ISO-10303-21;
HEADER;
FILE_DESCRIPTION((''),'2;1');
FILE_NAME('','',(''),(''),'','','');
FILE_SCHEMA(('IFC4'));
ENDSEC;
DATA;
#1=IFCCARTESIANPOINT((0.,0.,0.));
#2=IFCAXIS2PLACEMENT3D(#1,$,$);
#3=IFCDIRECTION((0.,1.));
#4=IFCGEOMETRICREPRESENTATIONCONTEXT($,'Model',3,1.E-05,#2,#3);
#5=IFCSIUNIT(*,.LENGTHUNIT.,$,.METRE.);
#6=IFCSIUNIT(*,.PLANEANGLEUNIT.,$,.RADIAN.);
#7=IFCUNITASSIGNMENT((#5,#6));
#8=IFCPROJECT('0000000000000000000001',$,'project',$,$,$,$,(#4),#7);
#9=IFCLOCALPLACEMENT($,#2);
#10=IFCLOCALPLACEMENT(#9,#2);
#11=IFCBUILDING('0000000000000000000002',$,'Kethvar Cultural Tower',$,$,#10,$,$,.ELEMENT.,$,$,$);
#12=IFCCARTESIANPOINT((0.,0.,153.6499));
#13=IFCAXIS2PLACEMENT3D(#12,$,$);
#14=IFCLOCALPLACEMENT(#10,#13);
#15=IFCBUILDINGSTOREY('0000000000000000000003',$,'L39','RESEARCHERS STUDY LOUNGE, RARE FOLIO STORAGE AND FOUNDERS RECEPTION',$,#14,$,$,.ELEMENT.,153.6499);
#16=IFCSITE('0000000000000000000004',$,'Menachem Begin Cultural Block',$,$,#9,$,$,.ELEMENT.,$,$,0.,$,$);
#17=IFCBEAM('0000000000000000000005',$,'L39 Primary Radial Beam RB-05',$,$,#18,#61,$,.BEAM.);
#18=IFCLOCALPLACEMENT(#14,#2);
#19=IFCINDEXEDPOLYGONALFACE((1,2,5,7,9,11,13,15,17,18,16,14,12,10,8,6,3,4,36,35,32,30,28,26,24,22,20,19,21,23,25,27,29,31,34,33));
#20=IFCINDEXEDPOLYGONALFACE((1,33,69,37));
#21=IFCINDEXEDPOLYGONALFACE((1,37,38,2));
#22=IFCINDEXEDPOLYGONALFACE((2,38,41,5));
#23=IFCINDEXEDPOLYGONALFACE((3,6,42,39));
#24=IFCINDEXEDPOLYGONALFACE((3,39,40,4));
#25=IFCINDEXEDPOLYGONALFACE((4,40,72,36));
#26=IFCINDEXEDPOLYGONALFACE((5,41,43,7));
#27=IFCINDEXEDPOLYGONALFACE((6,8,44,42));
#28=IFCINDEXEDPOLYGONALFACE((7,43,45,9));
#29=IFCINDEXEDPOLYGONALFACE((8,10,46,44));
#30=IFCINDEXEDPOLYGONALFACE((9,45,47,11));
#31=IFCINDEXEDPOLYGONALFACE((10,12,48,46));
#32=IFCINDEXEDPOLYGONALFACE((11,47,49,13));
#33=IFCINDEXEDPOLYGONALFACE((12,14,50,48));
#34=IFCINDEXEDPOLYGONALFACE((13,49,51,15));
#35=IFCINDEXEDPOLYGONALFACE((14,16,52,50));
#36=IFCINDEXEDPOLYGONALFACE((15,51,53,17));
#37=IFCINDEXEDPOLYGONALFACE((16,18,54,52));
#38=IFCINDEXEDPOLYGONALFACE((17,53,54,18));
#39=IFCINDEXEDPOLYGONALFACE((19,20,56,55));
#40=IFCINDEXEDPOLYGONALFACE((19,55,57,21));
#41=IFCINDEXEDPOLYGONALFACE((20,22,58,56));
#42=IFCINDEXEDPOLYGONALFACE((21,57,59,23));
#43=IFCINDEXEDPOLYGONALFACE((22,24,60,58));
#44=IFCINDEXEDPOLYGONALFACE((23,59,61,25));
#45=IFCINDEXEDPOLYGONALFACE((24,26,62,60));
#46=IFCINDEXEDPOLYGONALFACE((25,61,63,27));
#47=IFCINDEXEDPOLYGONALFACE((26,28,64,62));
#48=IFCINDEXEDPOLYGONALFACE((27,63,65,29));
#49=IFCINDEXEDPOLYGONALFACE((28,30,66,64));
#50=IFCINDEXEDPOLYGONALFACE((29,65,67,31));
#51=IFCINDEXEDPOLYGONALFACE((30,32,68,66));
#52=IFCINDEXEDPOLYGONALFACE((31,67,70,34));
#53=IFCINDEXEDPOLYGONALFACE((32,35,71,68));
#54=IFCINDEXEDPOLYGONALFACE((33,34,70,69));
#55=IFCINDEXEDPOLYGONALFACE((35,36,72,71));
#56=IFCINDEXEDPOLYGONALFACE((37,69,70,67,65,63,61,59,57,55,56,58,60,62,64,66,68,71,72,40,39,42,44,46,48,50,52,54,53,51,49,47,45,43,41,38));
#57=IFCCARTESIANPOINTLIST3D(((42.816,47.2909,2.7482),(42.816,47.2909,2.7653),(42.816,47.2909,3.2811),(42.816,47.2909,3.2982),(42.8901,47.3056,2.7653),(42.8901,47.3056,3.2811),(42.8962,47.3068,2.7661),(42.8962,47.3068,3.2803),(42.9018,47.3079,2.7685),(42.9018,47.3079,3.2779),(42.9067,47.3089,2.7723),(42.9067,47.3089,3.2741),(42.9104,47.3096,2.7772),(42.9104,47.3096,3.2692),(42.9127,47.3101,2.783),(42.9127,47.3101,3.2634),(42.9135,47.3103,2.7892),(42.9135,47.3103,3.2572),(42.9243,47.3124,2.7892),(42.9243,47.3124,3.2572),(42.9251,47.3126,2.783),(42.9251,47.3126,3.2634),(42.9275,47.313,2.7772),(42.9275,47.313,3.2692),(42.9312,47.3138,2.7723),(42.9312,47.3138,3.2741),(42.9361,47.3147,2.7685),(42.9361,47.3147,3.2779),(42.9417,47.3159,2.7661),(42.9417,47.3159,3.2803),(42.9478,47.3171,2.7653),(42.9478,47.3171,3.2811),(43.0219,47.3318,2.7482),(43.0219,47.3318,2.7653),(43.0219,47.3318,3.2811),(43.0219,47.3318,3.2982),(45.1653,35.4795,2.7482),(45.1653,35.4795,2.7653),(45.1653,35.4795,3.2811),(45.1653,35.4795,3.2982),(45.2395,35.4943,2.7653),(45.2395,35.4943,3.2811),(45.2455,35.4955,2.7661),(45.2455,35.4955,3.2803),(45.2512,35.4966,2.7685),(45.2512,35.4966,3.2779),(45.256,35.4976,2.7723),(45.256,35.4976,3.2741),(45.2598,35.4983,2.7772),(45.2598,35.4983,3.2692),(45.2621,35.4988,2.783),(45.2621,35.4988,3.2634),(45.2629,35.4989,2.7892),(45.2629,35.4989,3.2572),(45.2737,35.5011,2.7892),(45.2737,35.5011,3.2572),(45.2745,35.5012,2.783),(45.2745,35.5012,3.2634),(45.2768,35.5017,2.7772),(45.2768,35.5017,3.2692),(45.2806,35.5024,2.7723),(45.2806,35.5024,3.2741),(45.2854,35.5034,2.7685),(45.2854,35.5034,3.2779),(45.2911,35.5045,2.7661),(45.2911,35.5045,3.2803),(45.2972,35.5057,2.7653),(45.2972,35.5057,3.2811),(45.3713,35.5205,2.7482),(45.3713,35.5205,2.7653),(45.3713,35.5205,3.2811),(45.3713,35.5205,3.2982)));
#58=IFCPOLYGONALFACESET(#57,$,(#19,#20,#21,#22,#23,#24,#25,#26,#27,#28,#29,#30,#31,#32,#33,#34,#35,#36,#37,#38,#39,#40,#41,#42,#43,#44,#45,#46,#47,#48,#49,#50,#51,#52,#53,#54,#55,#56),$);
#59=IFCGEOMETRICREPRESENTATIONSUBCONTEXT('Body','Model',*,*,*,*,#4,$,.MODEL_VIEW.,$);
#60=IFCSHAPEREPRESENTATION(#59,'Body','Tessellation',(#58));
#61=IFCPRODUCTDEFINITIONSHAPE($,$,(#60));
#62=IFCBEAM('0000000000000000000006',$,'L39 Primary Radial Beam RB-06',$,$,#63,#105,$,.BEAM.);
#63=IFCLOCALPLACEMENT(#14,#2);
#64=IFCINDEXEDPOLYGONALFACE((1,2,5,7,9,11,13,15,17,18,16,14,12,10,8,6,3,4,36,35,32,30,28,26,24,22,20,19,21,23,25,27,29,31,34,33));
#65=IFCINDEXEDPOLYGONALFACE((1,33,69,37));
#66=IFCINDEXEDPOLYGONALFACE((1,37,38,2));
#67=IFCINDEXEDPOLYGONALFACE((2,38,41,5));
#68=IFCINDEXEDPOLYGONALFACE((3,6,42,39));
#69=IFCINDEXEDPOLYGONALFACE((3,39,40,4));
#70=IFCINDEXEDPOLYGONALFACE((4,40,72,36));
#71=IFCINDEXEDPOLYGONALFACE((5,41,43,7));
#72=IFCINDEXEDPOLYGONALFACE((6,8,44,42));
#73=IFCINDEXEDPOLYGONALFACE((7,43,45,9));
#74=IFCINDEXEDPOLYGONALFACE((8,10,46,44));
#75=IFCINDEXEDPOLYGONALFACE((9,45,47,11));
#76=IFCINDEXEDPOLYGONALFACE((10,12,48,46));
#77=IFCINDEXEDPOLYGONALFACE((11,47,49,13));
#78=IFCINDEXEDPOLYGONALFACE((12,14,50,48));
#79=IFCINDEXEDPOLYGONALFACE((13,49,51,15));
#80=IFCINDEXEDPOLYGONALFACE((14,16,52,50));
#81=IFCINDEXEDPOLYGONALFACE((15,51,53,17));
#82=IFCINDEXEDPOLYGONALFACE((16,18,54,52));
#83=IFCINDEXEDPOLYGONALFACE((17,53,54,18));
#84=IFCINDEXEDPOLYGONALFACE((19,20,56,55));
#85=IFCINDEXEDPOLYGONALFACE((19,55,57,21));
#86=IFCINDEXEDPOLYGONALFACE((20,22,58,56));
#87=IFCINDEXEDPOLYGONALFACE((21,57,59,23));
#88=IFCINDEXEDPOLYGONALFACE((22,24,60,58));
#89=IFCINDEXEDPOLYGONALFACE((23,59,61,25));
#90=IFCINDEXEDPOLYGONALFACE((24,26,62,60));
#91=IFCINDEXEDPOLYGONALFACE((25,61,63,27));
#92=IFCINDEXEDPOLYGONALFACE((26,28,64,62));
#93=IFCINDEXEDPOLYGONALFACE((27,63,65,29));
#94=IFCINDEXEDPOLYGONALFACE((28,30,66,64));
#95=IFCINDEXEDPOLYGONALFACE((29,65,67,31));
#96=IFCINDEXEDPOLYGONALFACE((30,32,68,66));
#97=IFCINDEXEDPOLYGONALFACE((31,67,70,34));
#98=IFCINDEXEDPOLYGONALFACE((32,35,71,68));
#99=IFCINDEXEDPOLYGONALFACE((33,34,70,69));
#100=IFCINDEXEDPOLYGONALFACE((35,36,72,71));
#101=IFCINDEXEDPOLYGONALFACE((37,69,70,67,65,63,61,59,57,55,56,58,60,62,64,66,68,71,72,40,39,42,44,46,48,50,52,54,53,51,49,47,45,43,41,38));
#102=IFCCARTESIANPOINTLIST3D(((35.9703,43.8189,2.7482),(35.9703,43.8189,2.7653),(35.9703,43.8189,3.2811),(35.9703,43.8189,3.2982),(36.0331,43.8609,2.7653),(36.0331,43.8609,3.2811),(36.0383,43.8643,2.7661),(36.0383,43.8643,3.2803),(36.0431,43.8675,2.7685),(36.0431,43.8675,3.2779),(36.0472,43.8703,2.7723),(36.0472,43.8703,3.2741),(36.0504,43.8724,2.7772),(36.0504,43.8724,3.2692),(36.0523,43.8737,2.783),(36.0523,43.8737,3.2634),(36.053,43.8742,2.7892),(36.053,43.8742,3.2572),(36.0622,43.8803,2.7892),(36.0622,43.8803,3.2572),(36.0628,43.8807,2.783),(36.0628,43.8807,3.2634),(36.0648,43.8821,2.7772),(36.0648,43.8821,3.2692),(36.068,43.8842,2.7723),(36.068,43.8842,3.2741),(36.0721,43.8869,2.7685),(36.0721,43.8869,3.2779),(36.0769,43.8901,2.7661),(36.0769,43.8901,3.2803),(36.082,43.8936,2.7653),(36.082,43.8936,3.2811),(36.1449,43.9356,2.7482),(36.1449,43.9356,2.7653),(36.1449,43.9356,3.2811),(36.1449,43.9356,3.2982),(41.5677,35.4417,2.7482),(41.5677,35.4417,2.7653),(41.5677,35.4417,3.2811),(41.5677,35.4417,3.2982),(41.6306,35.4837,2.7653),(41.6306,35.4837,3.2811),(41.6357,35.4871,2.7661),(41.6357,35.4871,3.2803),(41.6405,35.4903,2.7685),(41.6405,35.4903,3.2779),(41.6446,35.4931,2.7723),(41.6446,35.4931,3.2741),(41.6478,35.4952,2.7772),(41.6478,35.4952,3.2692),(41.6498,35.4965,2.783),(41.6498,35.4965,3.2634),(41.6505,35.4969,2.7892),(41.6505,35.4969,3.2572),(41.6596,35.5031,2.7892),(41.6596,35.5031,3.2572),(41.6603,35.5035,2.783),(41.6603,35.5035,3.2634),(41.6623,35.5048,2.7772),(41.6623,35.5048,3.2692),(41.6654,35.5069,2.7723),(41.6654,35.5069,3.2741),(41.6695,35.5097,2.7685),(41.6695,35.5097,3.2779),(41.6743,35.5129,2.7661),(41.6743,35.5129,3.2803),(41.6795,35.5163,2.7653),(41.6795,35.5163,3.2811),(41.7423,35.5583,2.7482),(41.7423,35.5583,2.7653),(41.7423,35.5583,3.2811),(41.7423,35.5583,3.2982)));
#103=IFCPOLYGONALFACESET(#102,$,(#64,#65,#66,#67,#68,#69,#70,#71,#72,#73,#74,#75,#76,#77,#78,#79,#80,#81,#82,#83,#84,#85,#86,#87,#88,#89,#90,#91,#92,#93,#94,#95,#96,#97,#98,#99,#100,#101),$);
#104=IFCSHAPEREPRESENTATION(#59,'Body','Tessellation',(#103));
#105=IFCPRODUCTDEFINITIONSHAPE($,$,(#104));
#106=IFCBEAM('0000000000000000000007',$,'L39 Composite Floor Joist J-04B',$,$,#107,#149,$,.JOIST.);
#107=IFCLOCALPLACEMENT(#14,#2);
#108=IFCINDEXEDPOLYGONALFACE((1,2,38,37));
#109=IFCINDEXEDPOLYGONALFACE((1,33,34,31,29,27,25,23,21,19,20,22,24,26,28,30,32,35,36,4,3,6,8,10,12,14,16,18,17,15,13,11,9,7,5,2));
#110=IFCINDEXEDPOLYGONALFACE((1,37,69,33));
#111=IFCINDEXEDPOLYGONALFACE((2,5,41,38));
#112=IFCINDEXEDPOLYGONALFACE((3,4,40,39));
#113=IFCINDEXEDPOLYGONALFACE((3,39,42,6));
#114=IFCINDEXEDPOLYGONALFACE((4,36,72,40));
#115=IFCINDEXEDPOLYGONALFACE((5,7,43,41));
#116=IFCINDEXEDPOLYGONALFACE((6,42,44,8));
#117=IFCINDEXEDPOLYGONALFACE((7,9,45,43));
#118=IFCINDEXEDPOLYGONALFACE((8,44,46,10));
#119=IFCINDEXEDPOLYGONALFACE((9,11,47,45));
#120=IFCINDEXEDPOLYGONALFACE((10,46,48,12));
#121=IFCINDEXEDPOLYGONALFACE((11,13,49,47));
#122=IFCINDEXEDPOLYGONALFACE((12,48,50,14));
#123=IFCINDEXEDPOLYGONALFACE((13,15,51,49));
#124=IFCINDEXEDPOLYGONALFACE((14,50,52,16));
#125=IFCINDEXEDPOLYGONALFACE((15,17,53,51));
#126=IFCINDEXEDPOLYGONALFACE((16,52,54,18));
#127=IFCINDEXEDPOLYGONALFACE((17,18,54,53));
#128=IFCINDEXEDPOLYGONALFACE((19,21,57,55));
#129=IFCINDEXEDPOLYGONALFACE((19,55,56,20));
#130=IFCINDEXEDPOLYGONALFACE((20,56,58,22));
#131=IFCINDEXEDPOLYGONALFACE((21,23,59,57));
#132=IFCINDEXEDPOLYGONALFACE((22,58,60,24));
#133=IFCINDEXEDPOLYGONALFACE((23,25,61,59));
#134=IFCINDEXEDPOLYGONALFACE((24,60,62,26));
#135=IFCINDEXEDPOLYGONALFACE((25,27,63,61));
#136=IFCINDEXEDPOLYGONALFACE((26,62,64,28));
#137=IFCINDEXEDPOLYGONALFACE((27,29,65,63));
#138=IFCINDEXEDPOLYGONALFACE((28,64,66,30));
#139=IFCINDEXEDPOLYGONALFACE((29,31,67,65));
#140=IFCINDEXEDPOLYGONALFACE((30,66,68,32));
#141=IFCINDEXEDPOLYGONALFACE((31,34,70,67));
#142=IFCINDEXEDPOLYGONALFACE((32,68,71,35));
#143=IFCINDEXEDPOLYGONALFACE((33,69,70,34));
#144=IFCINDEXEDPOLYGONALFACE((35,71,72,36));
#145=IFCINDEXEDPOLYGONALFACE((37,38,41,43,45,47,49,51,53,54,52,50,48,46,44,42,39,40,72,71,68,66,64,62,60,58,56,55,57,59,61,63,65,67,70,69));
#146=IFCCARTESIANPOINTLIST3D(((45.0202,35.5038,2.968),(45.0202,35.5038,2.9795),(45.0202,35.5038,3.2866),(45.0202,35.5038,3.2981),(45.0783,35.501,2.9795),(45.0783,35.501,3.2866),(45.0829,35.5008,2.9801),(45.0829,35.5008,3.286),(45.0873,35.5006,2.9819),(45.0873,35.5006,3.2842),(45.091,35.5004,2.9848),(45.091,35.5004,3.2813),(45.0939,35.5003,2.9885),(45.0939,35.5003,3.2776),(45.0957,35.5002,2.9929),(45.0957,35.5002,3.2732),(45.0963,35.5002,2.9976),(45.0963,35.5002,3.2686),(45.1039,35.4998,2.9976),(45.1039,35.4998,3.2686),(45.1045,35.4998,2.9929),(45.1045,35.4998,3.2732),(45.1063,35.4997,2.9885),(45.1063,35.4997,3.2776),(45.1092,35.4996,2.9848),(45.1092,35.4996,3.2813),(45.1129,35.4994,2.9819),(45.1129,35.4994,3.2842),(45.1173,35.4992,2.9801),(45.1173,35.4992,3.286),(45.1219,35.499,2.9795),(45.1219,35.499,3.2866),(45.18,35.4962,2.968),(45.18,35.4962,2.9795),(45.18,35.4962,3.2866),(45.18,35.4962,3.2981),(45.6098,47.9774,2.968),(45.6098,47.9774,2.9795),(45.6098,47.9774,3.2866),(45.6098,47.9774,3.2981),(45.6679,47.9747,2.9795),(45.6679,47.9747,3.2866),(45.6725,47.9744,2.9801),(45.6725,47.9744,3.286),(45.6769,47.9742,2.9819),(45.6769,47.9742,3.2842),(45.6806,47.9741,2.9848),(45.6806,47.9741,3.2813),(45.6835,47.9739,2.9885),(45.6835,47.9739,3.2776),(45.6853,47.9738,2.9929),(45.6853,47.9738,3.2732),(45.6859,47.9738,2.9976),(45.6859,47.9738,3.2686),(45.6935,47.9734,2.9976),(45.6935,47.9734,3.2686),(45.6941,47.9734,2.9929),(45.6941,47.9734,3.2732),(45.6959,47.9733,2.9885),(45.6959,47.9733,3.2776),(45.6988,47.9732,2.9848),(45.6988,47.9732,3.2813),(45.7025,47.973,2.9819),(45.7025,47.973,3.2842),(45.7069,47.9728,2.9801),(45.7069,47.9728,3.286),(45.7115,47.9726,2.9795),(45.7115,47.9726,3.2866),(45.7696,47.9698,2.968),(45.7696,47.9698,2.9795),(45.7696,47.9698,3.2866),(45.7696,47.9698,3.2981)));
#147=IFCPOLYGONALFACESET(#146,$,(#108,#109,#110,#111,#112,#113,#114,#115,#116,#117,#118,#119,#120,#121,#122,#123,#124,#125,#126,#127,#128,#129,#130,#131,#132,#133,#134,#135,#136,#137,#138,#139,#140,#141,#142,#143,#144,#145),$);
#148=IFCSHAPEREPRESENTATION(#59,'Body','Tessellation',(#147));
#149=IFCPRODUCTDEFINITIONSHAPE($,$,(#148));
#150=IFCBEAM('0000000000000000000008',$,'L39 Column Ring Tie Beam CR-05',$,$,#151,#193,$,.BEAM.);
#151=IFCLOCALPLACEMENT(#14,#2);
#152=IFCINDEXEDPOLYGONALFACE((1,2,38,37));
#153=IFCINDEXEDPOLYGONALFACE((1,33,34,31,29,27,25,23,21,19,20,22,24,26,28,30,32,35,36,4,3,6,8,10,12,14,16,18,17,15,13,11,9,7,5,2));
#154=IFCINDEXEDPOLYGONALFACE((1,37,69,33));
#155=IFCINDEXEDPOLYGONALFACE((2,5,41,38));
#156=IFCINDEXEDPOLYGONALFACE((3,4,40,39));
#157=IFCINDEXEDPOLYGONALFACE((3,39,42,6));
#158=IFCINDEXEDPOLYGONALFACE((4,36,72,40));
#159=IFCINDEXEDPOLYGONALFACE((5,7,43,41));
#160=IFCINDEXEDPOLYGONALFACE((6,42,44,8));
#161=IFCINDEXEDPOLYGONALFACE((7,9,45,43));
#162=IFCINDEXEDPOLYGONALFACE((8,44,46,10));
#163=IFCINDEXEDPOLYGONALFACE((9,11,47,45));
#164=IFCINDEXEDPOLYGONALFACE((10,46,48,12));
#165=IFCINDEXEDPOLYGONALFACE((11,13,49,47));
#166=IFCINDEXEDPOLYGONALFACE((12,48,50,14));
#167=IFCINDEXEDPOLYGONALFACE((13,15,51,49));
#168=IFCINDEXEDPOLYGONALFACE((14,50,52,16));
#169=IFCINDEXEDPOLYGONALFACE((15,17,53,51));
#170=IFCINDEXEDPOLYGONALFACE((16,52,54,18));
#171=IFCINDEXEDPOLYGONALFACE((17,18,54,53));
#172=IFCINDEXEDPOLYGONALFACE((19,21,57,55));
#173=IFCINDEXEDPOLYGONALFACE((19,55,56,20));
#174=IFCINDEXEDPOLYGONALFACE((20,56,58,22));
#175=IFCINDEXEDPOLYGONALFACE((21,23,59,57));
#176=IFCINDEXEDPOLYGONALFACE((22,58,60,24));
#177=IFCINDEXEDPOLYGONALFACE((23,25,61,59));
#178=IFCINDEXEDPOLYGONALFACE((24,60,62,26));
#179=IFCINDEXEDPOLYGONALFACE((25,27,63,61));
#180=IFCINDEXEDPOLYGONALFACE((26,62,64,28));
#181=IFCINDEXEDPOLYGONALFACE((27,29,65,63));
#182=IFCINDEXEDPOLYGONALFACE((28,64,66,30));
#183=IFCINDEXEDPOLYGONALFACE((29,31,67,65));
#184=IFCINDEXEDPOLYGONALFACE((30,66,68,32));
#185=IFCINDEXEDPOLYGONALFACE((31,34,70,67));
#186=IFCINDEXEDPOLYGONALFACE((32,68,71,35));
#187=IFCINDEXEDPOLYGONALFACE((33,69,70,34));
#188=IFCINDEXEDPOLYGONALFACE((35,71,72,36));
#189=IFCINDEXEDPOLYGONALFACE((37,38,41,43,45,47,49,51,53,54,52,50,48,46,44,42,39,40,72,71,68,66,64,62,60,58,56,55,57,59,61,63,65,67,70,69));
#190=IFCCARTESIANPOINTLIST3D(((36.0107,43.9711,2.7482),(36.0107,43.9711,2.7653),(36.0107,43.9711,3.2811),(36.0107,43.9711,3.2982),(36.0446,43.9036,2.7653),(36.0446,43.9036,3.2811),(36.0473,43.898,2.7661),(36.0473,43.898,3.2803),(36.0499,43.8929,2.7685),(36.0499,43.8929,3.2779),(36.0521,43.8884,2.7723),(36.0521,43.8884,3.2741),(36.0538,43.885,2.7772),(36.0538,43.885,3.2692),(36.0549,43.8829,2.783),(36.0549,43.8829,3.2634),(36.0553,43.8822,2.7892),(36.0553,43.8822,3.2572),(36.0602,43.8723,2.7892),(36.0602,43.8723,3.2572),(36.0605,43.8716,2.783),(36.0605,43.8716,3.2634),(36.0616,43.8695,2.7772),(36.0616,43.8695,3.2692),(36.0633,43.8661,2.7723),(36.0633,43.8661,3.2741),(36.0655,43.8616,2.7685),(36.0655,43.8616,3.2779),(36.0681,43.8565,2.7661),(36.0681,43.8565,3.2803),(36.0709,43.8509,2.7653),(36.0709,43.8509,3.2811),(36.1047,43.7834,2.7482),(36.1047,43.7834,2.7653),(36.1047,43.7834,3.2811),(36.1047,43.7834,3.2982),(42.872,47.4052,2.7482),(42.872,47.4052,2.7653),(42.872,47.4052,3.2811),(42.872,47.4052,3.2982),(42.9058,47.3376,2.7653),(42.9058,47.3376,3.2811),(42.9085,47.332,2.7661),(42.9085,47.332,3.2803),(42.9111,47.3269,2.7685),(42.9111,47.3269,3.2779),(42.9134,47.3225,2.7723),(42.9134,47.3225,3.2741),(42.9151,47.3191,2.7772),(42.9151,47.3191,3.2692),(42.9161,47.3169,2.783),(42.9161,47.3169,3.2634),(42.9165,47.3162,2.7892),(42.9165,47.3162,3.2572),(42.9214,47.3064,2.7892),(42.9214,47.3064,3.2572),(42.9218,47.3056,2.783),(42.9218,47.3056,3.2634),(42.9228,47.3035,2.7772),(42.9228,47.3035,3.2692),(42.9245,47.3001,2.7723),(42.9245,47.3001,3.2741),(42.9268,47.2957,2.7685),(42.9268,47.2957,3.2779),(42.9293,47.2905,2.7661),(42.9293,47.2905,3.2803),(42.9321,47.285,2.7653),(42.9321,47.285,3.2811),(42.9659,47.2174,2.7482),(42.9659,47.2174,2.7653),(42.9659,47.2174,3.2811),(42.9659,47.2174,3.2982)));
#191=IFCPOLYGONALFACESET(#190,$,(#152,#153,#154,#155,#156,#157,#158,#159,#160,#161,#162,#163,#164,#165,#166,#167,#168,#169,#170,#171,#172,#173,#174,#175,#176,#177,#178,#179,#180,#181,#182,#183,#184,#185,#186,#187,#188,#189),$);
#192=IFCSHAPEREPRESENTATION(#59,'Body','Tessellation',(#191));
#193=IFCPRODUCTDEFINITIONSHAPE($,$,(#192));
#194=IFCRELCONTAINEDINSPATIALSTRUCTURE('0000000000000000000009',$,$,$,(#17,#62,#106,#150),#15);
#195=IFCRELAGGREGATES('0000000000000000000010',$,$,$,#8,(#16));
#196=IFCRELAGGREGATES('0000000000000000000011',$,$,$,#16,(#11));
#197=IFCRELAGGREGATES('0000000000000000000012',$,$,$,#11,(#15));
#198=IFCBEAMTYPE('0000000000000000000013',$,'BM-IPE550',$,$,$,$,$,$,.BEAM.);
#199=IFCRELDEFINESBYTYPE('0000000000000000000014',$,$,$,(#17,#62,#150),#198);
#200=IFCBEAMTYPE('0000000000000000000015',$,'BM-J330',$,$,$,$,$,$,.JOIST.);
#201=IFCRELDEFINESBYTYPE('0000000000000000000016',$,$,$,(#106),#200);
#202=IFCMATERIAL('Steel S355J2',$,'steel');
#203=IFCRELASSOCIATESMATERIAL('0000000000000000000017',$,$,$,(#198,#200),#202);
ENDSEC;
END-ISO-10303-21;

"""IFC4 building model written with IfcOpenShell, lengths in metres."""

from ifc_helpers import new_model, si_unit, direction, frame, origin, origin_2d, place, context, subcontext, project, spatial, i_section, extrude, source, transform, mapped, material, material_profile, profile_set, type_object, element, save


model = new_model("IFC4")

# Units and contexts
model_context = context("Model", 3, precision=1e-05, world=origin(), true_north=direction((0.0, 1.0)))
body_context = subcontext(model_context, "Body", "Model", "MODEL_VIEW")
ifc_project = project(units=[si_unit("LENGTHUNIT", "METRE"), si_unit("PLANEANGLEUNIT", "RADIAN")], contexts=[model_context])

# Site, building, storey
site_placement = place(None, origin())
site = spatial("IfcSite", under=ifc_project, at=site_placement, Name="Menachem Begin Cultural Block", CompositionType="ELEMENT", RefElevation=0.0)
building_placement = place(site_placement, origin())
building = spatial("IfcBuilding", under=site, at=building_placement, Name="Kethvar Cultural Tower", CompositionType="ELEMENT")
storey_placement = place(building_placement, frame((0.0, 0.0, 153.6499)))
storey = spatial("IfcBuildingStorey", under=building, at=storey_placement, Name="L39", Description="RESEARCHERS STUDY LOUNGE, RARE FOLIO STORAGE AND FOUNDERS RECEPTION", CompositionType="ELEMENT", Elevation=153.6499)

# Beams
ifc_material_1 = material(Name="Steel S355J2", Category="steel")
ifc_material_profile_1 = material_profile(ifc_material_1, i_section(OverallWidth=0.21, OverallDepth=0.55, WebThickness=0.011, FlangeThickness=0.0171, FilletRadius=0.0239, at=origin_2d()), Name="Steel S355J2 — IPE550")
ifc_profile_set_1 = profile_set([ifc_material_profile_1], Name="Steel S355J2 — IPE550")
beam_type_1 = type_object("IfcBeamType", Name="BM-IPE550", PredefinedType="BEAM", material=ifc_profile_set_1)
shared_shape_1 = source(origin(), body_context, "Body", "SweptSolid", [
    extrude(i_section(OverallWidth=0.21, OverallDepth=0.55, WebThickness=0.011, FlangeThickness=0.0171, FilletRadius=0.0239, at=origin_2d()), origin(), (0.0, 0.0, 1.0), 12.0427),
])
beam_1_placement = place(storey_placement, frame((45.2683, 35.5, 3.0232), z_axis=(-0.195087, 0.980786, 0.0), x_axis=(-0.980786, -0.195087, 0.0)))
element("IfcBeam", 1, at=beam_1_placement, inside=storey, type_object=beam_type_1, Name="L39 Primary Radial Beam RB-05", PredefinedType="BEAM", context=body_context, shape_type="MappedRepresentation", body=[
    mapped(shared_shape_1, transform((0.0, 0.0, 0.0), scale=1.0)),
])
shared_shape_2 = source(origin(), body_context, "Body", "SweptSolid", [
    extrude(i_section(OverallWidth=0.21, OverallDepth=0.55, WebThickness=0.011, FlangeThickness=0.0171, FilletRadius=0.0239, at=origin_2d()), origin(), (0.0, 0.0, 1.0), 10.0752),
])
beam_2_placement = place(storey_placement, frame((41.655, 35.5, 3.0232), z_axis=(-0.555567, 0.831472, 0.0), x_axis=(-0.831472, -0.555567, 0.0)))
element("IfcBeam", 2, at=beam_2_placement, inside=storey, type_object=beam_type_1, Name="L39 Primary Radial Beam RB-06", PredefinedType="BEAM", context=body_context, shape_type="MappedRepresentation", body=[
    mapped(shared_shape_2, transform((0.0, 0.0, 0.0), scale=1.0)),
])
ifc_material_profile_2 = material_profile(ifc_material_1, i_section(OverallWidth=0.1599, OverallDepth=0.3301, WebThickness=0.0076, FlangeThickness=0.0115, FilletRadius=0.0181, at=origin_2d()), Name="Steel S355J2 — IPE330")
ifc_profile_set_2 = profile_set([ifc_material_profile_2], Name="Steel S355J2 — IPE330")
beam_type_2 = type_object("IfcBeamType", Name="BM-J330", PredefinedType="JOIST", material=ifc_profile_set_2)
shared_shape_3 = source(origin(), body_context, "Body", "SweptSolid", [
    extrude(i_section(OverallWidth=0.1599, OverallDepth=0.3301, WebThickness=0.0076, FlangeThickness=0.0115, FilletRadius=0.0181, at=origin_2d()), origin(), (0.0, 0.0, 1.0), 12.4875),
])
beam_3_placement = place(storey_placement, frame((45.1001, 35.5, 3.1331), z_axis=(0.047215, 0.998885, 0.0), x_axis=(-0.998885, 0.047215, 0.0)))
element("IfcBeam", 3, at=beam_3_placement, inside=storey, type_object=beam_type_2, Name="L39 Composite Floor Joist J-04B", PredefinedType="JOIST", context=body_context, shape_type="MappedRepresentation", body=[
    mapped(shared_shape_3, transform((0.0, 0.0, 0.0), scale=1.0)),
])
shared_shape_4 = source(origin(), body_context, "Body", "SweptSolid", [
    extrude(i_section(OverallWidth=0.21, OverallDepth=0.55, WebThickness=0.011, FlangeThickness=0.0171, FilletRadius=0.0239, at=origin_2d()), origin(), (0.0, 0.0, 1.0), 7.6726),
])
beam_4_placement = place(storey_placement, frame((42.9189, 47.3113, 3.0232), z_axis=(-0.894249, -0.44757, 0.0), x_axis=(0.44757, -0.894249, 0.0)))
element("IfcBeam", 4, at=beam_4_placement, inside=storey, type_object=beam_type_1, Name="L39 Column Ring Tie Beam CR-05", PredefinedType="BEAM", context=body_context, shape_type="MappedRepresentation", body=[
    mapped(shared_shape_4, transform((0.0, 0.0, 0.0), scale=1.0)),
])

save(model, "model.ifc")
